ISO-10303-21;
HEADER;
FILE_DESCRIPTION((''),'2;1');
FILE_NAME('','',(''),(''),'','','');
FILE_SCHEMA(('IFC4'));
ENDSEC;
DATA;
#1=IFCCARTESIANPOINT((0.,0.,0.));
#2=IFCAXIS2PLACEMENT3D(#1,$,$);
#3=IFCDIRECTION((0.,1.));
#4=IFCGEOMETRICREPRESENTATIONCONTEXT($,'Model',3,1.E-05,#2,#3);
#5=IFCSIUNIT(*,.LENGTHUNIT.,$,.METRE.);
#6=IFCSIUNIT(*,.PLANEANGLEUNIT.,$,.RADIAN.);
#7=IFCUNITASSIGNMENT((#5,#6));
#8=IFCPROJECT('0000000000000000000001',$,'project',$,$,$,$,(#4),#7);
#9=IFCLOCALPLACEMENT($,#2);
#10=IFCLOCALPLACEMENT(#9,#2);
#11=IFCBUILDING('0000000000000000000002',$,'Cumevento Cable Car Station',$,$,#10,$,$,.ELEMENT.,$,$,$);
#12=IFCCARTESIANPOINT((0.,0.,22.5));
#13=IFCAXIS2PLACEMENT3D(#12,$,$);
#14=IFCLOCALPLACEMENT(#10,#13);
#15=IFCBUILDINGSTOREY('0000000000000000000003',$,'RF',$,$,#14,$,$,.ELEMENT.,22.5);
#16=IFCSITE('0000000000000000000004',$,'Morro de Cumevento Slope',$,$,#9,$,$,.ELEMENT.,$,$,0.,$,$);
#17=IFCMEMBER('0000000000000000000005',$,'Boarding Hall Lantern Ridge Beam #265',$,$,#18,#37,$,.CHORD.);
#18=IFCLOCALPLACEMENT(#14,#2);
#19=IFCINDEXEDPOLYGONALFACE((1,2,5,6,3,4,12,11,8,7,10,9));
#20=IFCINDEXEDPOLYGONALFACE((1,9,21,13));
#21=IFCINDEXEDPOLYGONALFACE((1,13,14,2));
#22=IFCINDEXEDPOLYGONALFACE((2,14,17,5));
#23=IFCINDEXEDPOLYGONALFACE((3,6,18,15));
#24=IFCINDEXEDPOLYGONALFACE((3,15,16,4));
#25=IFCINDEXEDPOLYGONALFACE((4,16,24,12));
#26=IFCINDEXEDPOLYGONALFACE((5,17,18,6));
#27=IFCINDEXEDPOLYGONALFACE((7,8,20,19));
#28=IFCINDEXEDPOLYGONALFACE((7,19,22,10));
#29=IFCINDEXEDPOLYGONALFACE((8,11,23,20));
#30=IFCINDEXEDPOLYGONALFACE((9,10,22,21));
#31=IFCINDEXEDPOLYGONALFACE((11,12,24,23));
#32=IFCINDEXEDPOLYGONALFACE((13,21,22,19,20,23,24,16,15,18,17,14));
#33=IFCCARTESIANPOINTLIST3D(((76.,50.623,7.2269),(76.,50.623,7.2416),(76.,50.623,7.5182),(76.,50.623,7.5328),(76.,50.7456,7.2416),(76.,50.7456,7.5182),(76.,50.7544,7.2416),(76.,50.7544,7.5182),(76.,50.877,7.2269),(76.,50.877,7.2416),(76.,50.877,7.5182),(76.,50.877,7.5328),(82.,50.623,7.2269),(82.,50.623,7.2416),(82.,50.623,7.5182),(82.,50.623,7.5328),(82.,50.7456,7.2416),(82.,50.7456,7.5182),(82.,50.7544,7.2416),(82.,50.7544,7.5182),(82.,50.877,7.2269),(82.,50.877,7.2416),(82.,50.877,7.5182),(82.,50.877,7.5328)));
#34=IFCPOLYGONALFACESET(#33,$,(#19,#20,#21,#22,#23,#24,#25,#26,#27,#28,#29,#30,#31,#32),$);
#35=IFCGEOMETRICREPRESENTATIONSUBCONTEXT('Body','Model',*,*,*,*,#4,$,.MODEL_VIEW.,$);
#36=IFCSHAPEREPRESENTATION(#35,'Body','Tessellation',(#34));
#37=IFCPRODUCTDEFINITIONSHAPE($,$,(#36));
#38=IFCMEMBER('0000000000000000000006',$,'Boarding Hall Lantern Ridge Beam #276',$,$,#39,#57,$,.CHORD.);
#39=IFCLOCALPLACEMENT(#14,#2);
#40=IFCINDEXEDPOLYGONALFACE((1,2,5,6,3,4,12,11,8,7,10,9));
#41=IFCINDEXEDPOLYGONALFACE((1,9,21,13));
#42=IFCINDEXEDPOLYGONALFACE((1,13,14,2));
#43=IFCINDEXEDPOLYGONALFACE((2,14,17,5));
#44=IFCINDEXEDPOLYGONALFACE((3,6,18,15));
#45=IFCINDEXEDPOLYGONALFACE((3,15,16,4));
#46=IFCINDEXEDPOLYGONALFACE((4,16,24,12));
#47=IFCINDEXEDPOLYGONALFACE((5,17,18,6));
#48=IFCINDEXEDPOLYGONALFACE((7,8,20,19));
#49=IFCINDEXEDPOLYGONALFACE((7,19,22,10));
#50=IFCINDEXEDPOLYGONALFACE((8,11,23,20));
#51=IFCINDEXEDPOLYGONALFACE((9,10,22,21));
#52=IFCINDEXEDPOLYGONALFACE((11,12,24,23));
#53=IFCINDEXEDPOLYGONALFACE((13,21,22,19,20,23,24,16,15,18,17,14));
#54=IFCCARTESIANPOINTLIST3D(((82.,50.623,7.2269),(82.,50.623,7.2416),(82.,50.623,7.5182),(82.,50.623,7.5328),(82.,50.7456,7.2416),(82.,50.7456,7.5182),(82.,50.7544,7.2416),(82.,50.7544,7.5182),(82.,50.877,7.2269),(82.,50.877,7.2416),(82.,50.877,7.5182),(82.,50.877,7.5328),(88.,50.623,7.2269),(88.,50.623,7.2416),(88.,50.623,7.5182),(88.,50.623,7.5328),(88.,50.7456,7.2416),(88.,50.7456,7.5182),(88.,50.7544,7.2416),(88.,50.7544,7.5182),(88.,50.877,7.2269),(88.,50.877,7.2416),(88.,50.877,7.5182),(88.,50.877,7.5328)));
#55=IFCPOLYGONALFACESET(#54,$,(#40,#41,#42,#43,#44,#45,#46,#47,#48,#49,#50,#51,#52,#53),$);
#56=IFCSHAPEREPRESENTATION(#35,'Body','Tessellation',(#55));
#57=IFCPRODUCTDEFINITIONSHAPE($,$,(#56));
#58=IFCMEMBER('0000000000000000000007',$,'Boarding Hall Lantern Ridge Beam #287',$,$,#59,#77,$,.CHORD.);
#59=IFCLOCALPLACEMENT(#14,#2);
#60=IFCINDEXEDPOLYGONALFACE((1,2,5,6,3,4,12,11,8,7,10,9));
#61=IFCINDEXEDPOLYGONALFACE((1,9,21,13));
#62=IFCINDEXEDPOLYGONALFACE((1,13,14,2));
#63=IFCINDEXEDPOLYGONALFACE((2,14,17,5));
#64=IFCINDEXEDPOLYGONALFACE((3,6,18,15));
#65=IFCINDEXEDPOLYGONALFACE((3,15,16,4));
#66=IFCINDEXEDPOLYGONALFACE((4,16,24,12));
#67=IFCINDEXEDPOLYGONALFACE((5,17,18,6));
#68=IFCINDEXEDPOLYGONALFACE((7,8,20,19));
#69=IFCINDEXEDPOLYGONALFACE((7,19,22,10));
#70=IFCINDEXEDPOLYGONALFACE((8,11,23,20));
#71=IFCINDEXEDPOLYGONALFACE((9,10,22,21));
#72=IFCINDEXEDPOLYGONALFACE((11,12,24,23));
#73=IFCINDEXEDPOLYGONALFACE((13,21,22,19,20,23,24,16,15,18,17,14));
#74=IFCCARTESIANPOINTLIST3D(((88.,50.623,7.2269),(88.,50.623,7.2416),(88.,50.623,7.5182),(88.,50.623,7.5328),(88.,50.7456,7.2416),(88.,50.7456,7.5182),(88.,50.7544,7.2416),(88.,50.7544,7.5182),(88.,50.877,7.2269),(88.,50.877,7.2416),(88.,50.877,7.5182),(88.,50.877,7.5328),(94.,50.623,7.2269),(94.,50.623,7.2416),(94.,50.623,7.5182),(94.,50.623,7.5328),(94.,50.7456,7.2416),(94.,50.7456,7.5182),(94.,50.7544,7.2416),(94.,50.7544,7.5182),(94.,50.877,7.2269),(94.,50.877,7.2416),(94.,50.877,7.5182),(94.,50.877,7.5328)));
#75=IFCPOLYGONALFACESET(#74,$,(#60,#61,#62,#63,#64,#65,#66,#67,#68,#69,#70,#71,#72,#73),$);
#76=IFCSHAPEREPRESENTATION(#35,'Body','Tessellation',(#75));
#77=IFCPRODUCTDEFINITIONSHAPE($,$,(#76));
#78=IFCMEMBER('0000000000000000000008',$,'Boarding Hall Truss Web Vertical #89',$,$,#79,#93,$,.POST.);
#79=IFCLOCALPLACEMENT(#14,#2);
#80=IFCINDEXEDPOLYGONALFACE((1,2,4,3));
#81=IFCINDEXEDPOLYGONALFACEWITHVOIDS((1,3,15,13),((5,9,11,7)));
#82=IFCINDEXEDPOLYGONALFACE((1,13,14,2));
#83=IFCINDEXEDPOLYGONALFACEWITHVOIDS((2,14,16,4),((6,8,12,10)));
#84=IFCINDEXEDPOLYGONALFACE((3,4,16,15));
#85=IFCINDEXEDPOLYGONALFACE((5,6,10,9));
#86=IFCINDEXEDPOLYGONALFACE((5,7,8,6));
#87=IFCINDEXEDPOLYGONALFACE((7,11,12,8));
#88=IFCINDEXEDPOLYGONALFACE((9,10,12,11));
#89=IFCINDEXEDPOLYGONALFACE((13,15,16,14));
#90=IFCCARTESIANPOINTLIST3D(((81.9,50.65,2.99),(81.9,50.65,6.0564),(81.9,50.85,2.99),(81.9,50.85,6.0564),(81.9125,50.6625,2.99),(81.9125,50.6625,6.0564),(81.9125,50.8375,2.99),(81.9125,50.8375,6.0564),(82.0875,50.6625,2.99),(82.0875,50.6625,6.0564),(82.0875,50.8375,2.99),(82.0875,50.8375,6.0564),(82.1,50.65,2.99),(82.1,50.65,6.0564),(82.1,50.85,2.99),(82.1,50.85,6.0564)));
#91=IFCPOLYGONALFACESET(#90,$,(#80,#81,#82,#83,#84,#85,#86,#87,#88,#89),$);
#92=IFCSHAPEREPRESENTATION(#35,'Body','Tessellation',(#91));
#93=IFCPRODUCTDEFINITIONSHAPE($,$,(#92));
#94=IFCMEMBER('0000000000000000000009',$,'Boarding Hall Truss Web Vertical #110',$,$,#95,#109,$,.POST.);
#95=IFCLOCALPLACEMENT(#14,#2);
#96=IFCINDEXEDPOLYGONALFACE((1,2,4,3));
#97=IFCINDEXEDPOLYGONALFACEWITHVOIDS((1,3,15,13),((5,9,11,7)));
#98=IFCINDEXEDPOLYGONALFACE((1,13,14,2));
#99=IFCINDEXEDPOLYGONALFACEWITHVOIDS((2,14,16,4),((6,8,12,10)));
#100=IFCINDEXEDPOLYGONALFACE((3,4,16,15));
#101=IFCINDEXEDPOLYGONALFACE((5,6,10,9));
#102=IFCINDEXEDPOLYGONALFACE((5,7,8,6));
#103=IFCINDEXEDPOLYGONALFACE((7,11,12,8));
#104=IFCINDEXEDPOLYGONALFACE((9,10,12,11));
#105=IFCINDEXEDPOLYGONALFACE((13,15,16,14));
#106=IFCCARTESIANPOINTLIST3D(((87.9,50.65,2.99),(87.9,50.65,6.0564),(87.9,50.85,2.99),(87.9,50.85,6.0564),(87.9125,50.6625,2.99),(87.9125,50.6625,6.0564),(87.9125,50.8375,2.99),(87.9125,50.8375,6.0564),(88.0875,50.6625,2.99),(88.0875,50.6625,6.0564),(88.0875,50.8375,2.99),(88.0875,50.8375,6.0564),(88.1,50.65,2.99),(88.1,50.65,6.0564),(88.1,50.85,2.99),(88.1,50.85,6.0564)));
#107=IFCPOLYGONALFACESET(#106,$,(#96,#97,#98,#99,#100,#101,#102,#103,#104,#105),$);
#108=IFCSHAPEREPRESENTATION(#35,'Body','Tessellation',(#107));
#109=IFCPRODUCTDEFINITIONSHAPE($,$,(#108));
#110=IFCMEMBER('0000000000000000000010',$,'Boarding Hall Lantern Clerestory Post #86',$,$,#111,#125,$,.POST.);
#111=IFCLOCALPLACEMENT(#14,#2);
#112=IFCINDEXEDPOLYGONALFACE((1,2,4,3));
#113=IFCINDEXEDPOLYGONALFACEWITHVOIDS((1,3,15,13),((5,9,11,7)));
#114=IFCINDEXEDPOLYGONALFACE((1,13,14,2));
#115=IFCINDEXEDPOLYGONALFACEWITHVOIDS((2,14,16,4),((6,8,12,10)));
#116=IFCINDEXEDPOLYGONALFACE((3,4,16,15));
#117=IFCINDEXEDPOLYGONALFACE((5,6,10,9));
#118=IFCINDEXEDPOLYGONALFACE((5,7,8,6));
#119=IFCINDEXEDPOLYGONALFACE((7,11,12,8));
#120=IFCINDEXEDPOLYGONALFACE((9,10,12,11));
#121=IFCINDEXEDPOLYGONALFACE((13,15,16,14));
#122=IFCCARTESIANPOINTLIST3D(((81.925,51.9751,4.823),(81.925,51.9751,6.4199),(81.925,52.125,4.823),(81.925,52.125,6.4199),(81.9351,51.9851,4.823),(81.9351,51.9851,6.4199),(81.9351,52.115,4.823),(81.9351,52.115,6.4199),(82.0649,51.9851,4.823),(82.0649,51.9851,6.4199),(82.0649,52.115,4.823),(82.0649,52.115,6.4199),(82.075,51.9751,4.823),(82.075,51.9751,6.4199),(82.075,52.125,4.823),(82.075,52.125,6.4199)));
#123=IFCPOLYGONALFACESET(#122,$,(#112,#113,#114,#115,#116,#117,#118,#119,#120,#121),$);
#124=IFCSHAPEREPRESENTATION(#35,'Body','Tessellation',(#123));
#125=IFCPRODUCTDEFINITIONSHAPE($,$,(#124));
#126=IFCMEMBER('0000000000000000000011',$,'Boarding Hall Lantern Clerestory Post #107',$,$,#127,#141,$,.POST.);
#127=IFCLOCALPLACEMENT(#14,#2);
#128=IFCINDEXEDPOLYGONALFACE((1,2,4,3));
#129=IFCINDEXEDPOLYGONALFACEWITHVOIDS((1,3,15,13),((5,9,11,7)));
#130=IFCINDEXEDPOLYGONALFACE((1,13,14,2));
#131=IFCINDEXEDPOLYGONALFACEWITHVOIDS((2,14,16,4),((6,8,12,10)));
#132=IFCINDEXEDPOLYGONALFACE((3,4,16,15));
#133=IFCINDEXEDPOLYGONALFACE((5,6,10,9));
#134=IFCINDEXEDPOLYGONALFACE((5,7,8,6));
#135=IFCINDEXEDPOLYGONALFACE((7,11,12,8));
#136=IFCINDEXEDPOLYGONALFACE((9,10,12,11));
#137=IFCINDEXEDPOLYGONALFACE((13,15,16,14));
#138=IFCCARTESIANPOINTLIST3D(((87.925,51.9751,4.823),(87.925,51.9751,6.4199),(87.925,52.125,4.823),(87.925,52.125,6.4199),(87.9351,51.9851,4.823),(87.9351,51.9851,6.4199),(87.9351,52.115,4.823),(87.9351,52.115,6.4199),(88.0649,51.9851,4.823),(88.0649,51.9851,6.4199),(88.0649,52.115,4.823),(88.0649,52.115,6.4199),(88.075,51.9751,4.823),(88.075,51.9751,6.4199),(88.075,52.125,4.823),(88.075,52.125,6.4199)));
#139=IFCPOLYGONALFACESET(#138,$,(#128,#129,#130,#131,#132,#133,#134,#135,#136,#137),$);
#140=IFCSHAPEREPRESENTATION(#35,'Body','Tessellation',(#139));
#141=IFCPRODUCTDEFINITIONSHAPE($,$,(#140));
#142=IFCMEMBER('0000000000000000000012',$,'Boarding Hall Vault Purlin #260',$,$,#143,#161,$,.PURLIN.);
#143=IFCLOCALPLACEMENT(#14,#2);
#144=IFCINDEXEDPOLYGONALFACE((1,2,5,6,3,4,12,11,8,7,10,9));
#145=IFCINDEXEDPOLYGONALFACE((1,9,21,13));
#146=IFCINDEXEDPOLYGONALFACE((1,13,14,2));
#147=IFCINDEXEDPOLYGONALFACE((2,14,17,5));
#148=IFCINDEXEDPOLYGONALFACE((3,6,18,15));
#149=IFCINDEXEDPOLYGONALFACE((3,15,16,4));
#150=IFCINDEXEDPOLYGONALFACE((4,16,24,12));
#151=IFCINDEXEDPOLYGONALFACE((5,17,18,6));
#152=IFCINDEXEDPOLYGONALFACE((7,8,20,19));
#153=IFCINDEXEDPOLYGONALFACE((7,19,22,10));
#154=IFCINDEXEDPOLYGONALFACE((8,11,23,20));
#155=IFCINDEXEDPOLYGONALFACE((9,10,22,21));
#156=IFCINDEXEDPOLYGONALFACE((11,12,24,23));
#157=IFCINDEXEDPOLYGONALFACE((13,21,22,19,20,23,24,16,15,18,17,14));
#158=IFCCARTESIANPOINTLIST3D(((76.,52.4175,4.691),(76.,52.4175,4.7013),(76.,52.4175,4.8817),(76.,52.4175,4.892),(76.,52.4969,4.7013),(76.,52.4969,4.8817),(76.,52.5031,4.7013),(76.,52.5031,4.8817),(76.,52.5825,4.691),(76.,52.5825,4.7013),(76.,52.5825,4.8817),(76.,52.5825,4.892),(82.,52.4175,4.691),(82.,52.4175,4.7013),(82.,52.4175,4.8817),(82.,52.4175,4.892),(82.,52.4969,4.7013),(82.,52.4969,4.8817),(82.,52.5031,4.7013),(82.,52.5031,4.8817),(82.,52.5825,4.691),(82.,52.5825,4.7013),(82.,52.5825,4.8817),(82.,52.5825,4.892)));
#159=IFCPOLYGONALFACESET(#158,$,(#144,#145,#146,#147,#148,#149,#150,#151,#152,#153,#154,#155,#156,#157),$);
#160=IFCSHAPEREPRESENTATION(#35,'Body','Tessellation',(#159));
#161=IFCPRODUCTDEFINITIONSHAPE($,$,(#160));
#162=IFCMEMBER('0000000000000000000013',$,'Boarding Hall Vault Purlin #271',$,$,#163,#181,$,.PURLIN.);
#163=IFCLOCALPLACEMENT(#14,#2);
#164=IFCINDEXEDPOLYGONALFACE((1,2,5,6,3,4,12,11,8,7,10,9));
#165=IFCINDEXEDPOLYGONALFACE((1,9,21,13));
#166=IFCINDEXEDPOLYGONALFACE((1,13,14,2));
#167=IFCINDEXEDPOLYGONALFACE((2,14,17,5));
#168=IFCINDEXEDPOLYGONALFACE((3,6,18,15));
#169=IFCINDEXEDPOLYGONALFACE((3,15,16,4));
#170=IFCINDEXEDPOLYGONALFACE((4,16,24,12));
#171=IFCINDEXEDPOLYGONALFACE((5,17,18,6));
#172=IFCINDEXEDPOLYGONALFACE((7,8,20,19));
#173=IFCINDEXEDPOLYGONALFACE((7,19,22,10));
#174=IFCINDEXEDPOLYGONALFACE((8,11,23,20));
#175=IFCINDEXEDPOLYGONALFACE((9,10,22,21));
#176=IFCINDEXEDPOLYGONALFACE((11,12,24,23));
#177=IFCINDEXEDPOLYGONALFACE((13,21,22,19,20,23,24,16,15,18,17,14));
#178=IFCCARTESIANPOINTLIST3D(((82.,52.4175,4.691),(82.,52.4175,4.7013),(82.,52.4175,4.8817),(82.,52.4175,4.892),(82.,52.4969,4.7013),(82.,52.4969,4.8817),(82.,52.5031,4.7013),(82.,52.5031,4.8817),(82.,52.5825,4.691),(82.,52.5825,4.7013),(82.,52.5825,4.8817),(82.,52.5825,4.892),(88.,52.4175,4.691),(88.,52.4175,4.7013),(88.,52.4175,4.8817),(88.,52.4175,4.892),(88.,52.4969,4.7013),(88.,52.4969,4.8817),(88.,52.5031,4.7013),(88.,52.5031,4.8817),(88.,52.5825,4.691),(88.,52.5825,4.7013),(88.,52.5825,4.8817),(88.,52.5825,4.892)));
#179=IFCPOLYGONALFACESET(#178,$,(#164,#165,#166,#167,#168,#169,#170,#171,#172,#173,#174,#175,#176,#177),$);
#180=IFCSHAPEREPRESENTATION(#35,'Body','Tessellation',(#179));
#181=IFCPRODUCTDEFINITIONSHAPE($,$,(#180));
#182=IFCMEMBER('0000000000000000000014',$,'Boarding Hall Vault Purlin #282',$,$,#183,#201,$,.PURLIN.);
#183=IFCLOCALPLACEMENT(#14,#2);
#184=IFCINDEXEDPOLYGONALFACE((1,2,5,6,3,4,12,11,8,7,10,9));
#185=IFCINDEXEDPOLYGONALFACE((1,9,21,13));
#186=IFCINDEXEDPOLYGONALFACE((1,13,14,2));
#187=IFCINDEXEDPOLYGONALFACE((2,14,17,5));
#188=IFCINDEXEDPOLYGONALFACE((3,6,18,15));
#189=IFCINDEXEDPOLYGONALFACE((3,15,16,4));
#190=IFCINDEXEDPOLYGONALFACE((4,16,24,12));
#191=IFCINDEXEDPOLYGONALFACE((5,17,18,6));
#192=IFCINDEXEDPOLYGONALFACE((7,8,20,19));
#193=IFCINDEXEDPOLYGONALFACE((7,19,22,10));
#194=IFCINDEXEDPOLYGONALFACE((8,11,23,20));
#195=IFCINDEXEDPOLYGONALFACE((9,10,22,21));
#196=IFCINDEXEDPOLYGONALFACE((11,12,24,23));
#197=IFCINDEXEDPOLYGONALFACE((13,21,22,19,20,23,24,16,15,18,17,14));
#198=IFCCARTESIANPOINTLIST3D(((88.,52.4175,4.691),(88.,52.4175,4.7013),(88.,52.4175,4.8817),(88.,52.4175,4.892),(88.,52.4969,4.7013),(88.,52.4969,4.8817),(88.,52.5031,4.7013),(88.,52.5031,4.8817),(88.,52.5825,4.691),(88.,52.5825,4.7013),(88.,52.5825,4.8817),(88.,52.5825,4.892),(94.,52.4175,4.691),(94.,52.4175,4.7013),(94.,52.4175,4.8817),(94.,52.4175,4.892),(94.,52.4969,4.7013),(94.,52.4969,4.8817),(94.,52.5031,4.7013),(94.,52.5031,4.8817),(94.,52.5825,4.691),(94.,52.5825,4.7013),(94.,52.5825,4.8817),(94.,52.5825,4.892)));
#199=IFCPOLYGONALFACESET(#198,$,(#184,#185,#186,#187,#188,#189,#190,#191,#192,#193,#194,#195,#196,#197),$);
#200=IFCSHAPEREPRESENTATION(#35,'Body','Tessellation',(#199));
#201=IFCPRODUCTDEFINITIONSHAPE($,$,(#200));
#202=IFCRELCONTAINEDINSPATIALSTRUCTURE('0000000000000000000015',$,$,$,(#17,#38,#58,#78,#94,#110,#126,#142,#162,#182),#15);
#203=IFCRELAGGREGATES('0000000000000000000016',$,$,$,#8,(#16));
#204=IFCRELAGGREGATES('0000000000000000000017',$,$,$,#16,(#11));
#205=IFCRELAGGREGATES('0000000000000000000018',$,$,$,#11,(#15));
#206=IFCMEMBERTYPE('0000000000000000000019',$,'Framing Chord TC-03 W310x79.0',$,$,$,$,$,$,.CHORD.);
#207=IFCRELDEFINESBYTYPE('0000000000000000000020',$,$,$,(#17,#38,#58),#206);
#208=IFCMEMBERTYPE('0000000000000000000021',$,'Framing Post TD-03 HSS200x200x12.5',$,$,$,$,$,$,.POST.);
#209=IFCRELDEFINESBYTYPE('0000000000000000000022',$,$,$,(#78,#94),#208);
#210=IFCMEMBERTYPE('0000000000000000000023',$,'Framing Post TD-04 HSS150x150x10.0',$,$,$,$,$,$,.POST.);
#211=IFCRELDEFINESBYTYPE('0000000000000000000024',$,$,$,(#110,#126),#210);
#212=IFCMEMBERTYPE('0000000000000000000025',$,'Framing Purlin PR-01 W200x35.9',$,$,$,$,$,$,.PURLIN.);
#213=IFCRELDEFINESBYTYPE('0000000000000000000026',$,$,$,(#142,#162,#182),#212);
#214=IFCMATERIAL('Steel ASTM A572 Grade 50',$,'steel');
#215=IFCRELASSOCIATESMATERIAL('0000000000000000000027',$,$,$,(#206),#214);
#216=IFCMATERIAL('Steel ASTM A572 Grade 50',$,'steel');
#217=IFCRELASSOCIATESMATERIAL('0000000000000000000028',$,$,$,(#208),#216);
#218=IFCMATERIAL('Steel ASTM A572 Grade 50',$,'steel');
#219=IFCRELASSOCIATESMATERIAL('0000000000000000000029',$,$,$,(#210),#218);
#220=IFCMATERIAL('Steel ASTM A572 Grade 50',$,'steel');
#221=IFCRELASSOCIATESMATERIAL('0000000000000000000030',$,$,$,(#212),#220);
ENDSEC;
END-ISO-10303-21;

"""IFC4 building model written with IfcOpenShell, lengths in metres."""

from ifc_helpers import new_model, si_unit, direction, frame, origin, origin_2d, place, context, subcontext, project, spatial, hollow_rectangle, i_section, extrude, material, material_profile, profile_set, type_object, element, save


model = new_model("IFC4")

# Units and contexts
model_context = context("Model", 3, precision=1e-05, world=origin(), true_north=direction((0.0, 1.0)))
body_context = subcontext(model_context, "Body", "Model", "MODEL_VIEW")
ifc_project = project(units=[si_unit("LENGTHUNIT", "METRE"), si_unit("PLANEANGLEUNIT", "RADIAN")], contexts=[model_context])

# Site, building, storey
site_placement = place(None, origin())
site = spatial("IfcSite", under=ifc_project, at=site_placement, Name="Morro de Cumevento Slope", CompositionType="ELEMENT", RefElevation=0.0)
building_placement = place(site_placement, origin())
building = spatial("IfcBuilding", under=site, at=building_placement, Name="Cumevento Cable Car Station", CompositionType="ELEMENT")
storey_placement = place(building_placement, frame((0.0, 0.0, 22.5)))
storey = spatial("IfcBuildingStorey", under=building, at=storey_placement, Name="RF", CompositionType="ELEMENT", Elevation=22.5)

# Members
ifc_material_1 = material(Name="Steel ASTM A572 Grade 50", Category="steel")
ifc_material_profile_1 = material_profile(ifc_material_1, i_section(OverallWidth=0.2539, OverallDepth=0.3059, WebThickness=0.0088, FlangeThickness=0.0146, at=origin_2d()), Name="W310x79.0")
ifc_profile_set_1 = profile_set([ifc_material_profile_1], Name="Steel ASTM A572 Grade 50")
member_type_1 = type_object("IfcMemberType", Name="Framing Chord TC-03 W310x79.0", PredefinedType="CHORD", material=ifc_profile_set_1)
for number, where, z_axis, x_axis, name in (
    (1, (76.0, 50.75, 7.3799), (1.0, 0.0, 0.0), (0.0, 1.0, 0.0), "Boarding Hall Lantern Ridge Beam #265"),
    (2, (82.0, 50.75, 7.3799), (1.0, 0.0, 0.0), (0.0, 1.0, 0.0), "Boarding Hall Lantern Ridge Beam #276"),
    (3, (88.0, 50.75, 7.3799), (1.0, 0.0, 0.0), (0.0, 1.0, 0.0), "Boarding Hall Lantern Ridge Beam #287"),
):
    element("IfcMember", number, at=place(storey_placement, frame(where, z_axis=z_axis, x_axis=x_axis)), inside=storey, type_object=member_type_1, Name=name, PredefinedType="CHORD", context=body_context, shape_type="SweptSolid", body=[
        extrude(i_section(OverallWidth=0.2539, OverallDepth=0.3059, WebThickness=0.0088, FlangeThickness=0.0146, at=origin_2d()), origin(), (0.0, 0.0, 1.0), 6.0),
    ])
ifc_material_2 = material(Name="Steel ASTM A572 Grade 50", Category="steel")
ifc_material_profile_2 = material_profile(ifc_material_2, hollow_rectangle(XDim=0.2, YDim=0.2, WallThickness=0.0125, at=origin_2d()), Name="HSS200x200x12.5")
ifc_profile_set_2 = profile_set([ifc_material_profile_2], Name="Steel ASTM A572 Grade 50")
member_type_2 = type_object("IfcMemberType", Name="Framing Post TD-03 HSS200x200x12.5", PredefinedType="POST", material=ifc_profile_set_2)
for number, where, z_axis, x_axis, name in (
    (4, (82.0, 50.75, 2.99), (0.0, 0.0, 1.0), (1.0, 0.0, 0.0), "Boarding Hall Truss Web Vertical #89"),
    (5, (88.0, 50.75, 2.99), (0.0, 0.0, 1.0), (1.0, 0.0, 0.0), "Boarding Hall Truss Web Vertical #110"),
):
    element("IfcMember", number, at=place(storey_placement, frame(where, z_axis=z_axis, x_axis=x_axis)), inside=storey, type_object=member_type_2, Name=name, PredefinedType="POST", context=body_context, shape_type="SweptSolid", body=[
        extrude(hollow_rectangle(XDim=0.2, YDim=0.2, WallThickness=0.0125, at=origin_2d()), origin(), (0.0, 0.0, 1.0), 3.0664),
    ])
ifc_material_3 = material(Name="Steel ASTM A572 Grade 50", Category="steel")
ifc_material_profile_3 = material_profile(ifc_material_3, hollow_rectangle(XDim=0.1499, YDim=0.1499, WallThickness=0.01, at=origin_2d()), Name="HSS150x150x10.0")
ifc_profile_set_3 = profile_set([ifc_material_profile_3], Name="Steel ASTM A572 Grade 50")
member_type_3 = type_object("IfcMemberType", Name="Framing Post TD-04 HSS150x150x10.0", PredefinedType="POST", material=ifc_profile_set_3)
for number, where, z_axis, x_axis, name in (
    (6, (82.0, 52.05, 4.823), (0.0, 0.0, 1.0), (1.0, 0.0, 0.0), "Boarding Hall Lantern Clerestory Post #86"),
    (7, (88.0, 52.05, 4.823), (0.0, 0.0, 1.0), (1.0, 0.0, 0.0), "Boarding Hall Lantern Clerestory Post #107"),
):
    element("IfcMember", number, at=place(storey_placement, frame(where, z_axis=z_axis, x_axis=x_axis)), inside=storey, type_object=member_type_3, Name=name, PredefinedType="POST", context=body_context, shape_type="SweptSolid", body=[
        extrude(hollow_rectangle(XDim=0.1499, YDim=0.1499, WallThickness=0.01, at=origin_2d()), origin(), (0.0, 0.0, 1.0), 1.5969),
    ])
ifc_material_4 = material(Name="Steel ASTM A572 Grade 50", Category="steel")
ifc_material_profile_4 = material_profile(ifc_material_4, i_section(OverallWidth=0.165, OverallDepth=0.2009, WebThickness=0.0061, FlangeThickness=0.0103, at=origin_2d()), Name="W200x35.9")
ifc_profile_set_4 = profile_set([ifc_material_profile_4], Name="Steel ASTM A572 Grade 50")
member_type_4 = type_object("IfcMemberType", Name="Framing Purlin PR-01 W200x35.9", PredefinedType="PURLIN", material=ifc_profile_set_4)
for number, where, z_axis, x_axis, name in (
    (8, (76.0, 52.5, 4.7915), (1.0, 0.0, 0.0), (0.0, 1.0, 0.0), "Boarding Hall Vault Purlin #260"),
    (9, (82.0, 52.5, 4.7915), (1.0, 0.0, 0.0), (0.0, 1.0, 0.0), "Boarding Hall Vault Purlin #271"),
    (10, (88.0, 52.5, 4.7915), (1.0, 0.0, 0.0), (0.0, 1.0, 0.0), "Boarding Hall Vault Purlin #282"),
):
    element("IfcMember", number, at=place(storey_placement, frame(where, z_axis=z_axis, x_axis=x_axis)), inside=storey, type_object=member_type_4, Name=name, PredefinedType="PURLIN", context=body_context, shape_type="SweptSolid", body=[
        extrude(i_section(OverallWidth=0.165, OverallDepth=0.2009, WebThickness=0.0061, FlangeThickness=0.0103, at=origin_2d()), origin(), (0.0, 0.0, 1.0), 6.0),
    ])

save(model, "model.ifc")
